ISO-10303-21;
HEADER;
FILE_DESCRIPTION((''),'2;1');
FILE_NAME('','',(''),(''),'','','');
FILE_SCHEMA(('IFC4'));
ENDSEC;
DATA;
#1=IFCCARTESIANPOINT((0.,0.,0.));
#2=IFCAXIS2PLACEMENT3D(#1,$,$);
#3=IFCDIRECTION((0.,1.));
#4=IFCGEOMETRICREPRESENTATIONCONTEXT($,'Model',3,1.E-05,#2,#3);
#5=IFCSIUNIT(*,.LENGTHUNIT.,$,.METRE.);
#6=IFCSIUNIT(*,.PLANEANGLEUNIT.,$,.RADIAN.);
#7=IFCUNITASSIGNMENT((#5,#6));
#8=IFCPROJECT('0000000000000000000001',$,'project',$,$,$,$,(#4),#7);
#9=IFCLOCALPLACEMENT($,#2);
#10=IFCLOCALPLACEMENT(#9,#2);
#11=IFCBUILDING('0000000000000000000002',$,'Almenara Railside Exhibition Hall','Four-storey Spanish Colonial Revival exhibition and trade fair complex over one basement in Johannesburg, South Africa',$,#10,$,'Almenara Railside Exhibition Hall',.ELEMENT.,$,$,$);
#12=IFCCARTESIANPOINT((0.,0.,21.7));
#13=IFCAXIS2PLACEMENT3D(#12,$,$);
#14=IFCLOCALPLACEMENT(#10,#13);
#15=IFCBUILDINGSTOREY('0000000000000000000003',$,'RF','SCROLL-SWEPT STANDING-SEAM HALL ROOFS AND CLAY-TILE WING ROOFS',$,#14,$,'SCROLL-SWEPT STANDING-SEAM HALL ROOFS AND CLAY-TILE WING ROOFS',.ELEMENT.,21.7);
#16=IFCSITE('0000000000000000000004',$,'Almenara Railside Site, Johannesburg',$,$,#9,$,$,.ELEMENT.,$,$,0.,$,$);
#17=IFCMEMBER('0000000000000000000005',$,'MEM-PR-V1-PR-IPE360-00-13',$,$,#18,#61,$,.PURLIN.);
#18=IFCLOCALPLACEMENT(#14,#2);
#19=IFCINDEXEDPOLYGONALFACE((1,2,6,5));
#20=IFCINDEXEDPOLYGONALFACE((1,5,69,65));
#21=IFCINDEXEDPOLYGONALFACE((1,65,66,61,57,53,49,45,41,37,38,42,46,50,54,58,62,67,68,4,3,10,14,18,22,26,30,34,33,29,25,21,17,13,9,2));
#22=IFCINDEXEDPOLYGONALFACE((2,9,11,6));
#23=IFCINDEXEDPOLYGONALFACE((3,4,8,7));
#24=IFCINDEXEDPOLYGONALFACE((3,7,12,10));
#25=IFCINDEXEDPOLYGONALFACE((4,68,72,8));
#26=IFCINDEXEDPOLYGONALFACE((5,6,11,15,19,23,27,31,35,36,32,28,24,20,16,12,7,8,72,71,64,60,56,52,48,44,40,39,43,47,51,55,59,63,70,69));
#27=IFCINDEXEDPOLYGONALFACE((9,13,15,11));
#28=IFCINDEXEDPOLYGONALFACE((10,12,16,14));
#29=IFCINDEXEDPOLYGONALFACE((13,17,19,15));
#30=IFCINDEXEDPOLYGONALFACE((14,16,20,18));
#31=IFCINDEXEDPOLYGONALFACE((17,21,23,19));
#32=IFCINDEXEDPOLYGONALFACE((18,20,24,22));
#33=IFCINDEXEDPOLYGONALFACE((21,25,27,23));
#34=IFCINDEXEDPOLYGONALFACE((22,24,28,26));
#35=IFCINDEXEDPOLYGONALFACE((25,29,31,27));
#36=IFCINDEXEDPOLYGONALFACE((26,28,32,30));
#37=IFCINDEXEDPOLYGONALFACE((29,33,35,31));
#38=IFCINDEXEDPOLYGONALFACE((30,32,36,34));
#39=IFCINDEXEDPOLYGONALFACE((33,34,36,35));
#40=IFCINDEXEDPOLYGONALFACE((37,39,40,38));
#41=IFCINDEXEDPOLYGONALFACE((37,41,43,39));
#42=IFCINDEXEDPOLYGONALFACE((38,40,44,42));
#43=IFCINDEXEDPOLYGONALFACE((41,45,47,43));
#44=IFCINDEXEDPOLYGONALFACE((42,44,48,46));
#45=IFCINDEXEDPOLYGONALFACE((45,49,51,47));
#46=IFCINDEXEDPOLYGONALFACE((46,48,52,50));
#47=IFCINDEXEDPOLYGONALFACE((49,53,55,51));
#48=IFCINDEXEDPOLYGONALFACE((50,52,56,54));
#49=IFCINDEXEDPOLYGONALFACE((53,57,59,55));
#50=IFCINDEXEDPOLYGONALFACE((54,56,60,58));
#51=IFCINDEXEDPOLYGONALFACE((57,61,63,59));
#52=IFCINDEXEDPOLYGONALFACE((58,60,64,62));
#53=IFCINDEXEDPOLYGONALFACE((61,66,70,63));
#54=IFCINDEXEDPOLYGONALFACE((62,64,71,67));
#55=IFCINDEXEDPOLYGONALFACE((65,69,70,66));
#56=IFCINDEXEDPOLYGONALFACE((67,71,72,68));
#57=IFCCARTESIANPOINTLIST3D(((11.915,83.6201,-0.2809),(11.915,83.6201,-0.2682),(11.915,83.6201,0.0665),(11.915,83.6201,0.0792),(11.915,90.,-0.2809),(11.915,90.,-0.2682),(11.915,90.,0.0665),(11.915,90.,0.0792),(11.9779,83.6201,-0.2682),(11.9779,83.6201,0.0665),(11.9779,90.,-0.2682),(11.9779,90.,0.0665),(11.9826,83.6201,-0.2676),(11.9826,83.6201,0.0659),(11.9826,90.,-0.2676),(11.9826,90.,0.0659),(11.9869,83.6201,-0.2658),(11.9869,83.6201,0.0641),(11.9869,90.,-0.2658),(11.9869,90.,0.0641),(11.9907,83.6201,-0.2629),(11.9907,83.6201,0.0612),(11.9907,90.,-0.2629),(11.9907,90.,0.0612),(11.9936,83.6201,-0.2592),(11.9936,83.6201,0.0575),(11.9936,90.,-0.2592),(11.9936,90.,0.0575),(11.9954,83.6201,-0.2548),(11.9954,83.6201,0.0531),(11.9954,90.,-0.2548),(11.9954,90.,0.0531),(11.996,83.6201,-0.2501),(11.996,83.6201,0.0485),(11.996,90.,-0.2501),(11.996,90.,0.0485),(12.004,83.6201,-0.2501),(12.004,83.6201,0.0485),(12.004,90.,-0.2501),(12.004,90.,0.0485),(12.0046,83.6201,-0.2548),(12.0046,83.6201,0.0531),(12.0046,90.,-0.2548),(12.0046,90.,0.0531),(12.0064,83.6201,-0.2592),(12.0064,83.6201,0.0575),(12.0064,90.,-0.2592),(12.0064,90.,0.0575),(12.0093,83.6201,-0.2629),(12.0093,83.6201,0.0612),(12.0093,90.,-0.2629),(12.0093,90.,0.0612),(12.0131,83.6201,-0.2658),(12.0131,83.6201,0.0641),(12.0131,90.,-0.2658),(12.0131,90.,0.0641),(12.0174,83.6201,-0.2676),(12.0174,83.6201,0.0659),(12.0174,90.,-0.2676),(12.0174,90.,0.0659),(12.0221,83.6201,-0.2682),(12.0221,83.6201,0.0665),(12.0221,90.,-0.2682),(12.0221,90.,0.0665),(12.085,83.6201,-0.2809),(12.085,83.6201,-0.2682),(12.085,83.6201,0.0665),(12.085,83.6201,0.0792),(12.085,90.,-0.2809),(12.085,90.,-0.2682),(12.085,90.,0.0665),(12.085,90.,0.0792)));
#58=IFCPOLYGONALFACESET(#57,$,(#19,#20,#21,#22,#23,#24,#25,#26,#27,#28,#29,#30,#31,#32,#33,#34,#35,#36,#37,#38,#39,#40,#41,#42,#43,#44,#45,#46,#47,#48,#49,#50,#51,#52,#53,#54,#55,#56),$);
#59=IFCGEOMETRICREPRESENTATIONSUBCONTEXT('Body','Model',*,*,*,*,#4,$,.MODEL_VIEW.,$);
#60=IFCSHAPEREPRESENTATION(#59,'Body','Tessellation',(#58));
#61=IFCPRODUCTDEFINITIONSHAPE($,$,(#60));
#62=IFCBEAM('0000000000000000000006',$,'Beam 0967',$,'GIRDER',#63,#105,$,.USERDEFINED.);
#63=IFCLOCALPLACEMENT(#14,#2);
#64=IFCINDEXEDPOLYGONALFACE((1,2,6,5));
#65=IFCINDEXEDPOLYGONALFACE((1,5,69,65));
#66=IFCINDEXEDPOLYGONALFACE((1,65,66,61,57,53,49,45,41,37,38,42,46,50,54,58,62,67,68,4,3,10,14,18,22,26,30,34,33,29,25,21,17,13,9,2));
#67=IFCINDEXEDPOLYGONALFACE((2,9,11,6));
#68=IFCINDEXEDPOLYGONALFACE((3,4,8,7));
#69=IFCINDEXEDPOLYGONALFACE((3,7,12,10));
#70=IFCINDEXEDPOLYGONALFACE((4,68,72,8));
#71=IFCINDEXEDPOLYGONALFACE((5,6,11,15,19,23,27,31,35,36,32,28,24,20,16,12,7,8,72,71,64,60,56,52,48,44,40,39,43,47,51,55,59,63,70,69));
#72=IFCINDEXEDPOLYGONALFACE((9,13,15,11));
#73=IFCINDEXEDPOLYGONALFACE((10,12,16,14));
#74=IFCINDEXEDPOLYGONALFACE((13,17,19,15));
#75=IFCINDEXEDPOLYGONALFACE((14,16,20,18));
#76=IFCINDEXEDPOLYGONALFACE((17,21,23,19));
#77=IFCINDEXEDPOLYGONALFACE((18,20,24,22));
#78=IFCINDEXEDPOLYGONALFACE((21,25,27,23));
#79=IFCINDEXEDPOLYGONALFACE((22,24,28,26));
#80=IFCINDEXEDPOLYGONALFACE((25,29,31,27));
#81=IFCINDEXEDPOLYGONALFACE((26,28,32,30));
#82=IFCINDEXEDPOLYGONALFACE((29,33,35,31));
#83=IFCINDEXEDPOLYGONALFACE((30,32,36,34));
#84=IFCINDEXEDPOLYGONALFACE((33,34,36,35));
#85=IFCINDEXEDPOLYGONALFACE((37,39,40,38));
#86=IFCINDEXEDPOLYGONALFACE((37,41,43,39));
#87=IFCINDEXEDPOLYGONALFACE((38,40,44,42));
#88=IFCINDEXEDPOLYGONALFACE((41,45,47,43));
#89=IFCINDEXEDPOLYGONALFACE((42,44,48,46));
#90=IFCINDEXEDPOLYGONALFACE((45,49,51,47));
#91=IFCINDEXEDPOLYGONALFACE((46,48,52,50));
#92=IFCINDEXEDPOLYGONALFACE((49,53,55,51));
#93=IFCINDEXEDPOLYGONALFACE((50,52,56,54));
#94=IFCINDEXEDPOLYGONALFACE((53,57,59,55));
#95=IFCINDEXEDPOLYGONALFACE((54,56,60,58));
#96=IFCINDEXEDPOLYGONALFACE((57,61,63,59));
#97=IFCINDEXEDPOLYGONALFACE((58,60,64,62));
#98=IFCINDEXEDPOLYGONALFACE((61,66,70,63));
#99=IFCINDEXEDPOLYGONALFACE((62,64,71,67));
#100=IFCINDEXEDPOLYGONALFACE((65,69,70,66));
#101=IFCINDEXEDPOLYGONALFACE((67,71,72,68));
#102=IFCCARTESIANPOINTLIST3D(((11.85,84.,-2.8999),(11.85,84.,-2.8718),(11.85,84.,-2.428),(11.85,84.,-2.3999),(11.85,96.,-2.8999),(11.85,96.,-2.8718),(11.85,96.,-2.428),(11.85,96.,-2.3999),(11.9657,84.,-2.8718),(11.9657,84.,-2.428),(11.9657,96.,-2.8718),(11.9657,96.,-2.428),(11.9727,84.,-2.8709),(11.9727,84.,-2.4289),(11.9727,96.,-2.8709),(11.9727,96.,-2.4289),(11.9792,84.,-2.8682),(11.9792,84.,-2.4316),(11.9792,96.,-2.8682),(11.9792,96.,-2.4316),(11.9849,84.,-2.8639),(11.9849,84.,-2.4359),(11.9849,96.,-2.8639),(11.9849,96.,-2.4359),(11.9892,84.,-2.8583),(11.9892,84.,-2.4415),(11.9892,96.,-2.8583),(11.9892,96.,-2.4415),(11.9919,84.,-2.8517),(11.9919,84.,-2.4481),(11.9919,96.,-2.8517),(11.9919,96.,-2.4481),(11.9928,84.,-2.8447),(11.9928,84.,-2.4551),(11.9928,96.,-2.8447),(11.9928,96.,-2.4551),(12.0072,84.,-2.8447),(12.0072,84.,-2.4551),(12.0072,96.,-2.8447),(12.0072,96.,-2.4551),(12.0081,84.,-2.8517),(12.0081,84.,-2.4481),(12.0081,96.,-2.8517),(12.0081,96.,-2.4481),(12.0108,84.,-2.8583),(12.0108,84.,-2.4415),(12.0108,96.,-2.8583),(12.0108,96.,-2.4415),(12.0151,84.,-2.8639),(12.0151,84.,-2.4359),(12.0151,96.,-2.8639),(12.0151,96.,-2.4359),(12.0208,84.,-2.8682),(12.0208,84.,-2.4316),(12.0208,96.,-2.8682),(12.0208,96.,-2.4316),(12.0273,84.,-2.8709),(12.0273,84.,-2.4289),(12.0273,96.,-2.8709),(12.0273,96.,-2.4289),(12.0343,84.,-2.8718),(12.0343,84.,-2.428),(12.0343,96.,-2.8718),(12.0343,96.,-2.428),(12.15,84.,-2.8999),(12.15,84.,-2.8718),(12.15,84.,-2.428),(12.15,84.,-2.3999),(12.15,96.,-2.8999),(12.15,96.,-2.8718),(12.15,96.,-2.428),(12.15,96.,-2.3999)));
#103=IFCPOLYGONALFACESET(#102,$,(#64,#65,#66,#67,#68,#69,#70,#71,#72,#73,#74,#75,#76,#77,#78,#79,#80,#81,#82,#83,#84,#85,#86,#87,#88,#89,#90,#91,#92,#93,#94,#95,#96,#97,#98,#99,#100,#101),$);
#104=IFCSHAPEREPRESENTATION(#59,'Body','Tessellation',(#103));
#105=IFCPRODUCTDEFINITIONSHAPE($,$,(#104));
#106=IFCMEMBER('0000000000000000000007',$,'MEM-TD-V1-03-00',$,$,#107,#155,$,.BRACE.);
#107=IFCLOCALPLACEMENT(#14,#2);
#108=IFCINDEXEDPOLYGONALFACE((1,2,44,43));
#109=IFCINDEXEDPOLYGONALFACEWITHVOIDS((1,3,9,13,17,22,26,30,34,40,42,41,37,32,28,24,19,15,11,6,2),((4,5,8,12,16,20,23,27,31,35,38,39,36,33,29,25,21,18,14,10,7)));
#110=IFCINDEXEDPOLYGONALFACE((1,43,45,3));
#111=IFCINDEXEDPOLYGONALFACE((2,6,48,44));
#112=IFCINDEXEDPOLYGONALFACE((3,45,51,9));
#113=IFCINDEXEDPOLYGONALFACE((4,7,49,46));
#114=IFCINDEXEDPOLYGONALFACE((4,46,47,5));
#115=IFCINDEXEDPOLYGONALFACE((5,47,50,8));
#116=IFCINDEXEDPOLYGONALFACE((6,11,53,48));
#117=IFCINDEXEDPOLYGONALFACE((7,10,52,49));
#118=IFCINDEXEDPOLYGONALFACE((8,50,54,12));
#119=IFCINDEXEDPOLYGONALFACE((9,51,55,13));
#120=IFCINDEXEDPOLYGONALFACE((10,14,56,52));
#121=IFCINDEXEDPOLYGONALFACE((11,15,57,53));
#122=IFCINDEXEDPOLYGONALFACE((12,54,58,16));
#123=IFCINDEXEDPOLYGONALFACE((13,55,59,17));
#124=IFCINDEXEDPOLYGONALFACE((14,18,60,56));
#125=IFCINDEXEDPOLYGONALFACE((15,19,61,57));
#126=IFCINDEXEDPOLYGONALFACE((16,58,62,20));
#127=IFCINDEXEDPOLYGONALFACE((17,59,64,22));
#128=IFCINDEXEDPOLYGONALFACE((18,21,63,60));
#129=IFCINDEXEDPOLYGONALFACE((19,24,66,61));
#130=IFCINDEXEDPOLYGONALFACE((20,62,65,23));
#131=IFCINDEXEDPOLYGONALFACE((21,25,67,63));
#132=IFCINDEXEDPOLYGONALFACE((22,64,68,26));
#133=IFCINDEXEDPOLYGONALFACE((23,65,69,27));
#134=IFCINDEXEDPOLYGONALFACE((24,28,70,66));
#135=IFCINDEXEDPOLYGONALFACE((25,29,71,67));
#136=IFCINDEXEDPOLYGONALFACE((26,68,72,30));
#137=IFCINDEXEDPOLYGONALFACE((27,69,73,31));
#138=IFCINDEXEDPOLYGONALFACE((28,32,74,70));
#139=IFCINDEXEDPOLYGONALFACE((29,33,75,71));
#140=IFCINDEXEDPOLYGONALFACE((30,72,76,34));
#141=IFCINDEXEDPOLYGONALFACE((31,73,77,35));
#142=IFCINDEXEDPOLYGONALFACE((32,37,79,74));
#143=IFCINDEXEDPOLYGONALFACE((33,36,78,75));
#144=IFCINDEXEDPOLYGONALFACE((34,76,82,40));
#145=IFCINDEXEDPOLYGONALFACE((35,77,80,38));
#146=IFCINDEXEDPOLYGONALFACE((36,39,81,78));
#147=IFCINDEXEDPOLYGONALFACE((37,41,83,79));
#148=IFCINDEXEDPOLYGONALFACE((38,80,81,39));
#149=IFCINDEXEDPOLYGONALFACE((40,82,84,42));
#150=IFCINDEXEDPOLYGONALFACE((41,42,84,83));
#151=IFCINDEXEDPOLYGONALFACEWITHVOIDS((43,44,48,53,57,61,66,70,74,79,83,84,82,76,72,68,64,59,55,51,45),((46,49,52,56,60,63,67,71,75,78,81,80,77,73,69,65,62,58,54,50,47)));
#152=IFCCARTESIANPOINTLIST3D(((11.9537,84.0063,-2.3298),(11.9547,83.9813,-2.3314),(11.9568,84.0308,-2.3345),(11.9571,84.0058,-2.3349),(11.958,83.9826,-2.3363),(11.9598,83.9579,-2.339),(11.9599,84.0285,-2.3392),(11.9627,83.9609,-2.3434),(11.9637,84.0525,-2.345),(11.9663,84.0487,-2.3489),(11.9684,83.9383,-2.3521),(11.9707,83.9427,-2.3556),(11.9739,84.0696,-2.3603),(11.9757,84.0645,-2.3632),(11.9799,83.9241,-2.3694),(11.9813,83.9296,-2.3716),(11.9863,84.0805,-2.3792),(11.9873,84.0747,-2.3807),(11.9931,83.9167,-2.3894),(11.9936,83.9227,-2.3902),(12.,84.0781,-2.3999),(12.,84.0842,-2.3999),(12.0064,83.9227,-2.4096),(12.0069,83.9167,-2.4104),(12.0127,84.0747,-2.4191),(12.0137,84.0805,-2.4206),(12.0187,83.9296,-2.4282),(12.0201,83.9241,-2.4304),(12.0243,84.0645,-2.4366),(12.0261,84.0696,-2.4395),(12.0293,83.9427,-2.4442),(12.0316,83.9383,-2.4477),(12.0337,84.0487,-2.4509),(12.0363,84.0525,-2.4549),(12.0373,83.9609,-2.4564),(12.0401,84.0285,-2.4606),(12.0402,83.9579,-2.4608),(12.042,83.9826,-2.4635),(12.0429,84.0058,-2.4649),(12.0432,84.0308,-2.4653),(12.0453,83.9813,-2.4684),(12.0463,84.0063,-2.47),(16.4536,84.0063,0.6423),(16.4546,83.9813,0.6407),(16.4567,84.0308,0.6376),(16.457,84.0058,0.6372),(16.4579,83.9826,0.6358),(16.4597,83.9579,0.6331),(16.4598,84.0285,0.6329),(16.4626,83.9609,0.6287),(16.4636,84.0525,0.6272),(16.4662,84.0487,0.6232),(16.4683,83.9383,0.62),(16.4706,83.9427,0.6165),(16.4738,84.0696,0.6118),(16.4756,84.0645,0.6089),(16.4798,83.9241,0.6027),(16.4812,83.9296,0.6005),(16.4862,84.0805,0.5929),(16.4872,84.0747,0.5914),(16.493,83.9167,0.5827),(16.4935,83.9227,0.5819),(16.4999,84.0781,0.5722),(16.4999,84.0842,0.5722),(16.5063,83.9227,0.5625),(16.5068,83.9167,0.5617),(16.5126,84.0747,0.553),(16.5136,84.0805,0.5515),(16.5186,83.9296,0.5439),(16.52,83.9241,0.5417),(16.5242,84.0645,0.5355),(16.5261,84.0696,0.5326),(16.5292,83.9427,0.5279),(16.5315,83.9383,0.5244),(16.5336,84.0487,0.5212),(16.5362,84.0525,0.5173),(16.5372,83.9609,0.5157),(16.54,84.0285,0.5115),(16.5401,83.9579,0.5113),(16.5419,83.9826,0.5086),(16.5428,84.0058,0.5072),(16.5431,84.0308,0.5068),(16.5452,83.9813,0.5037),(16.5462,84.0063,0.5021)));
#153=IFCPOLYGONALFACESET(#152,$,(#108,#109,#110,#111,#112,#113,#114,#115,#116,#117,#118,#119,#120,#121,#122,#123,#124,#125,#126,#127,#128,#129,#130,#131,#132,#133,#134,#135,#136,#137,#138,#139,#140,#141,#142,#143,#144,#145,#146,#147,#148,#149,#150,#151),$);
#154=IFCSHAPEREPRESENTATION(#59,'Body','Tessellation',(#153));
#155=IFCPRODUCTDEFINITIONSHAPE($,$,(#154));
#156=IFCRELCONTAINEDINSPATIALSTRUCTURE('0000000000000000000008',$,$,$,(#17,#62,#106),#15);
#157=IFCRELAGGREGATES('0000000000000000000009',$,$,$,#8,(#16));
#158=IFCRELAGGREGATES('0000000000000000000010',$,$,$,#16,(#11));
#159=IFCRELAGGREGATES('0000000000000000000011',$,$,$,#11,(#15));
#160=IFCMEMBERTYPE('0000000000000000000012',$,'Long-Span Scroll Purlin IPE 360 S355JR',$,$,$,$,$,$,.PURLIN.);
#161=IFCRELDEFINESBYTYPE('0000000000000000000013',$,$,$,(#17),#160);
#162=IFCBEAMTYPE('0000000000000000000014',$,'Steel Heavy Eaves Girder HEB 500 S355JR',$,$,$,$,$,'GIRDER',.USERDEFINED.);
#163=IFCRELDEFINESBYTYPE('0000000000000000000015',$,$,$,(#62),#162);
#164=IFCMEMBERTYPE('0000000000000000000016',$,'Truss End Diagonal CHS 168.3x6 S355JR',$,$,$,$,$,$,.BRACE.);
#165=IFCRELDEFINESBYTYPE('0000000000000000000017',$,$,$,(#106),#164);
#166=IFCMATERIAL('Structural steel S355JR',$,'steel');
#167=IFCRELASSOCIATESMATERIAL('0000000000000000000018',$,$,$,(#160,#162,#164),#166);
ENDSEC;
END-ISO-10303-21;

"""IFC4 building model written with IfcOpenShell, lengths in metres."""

from ifc_helpers import new_model, si_unit, direction, frame, origin, origin_2d, place, context, subcontext, project, spatial, hollow_circle, i_section, extrude, material, material_profile, profile_set, type_object, element, save


model = new_model("IFC4")

# Units and contexts
model_context = context("Model", 3, precision=1e-05, world=origin(), true_north=direction((0.0, 1.0)))
body_context = subcontext(model_context, "Body", "Model", "MODEL_VIEW")
ifc_project = project(units=[si_unit("LENGTHUNIT", "METRE"), si_unit("PLANEANGLEUNIT", "RADIAN")], contexts=[model_context])

# Site, building, storey
site_placement = place(None, origin())
site = spatial("IfcSite", under=ifc_project, at=site_placement, Name="Almenara Railside Site, Johannesburg", CompositionType="ELEMENT", RefElevation=0.0)
building_placement = place(site_placement, origin())
building = spatial("IfcBuilding", under=site, at=building_placement, Name="Almenara Railside Exhibition Hall", Description="Four-storey Spanish Colonial Revival exhibition and trade fair complex over one basement in Johannesburg, South Africa", LongName="Almenara Railside Exhibition Hall", CompositionType="ELEMENT")
storey_placement = place(building_placement, frame((0.0, 0.0, 21.7)))
storey = spatial("IfcBuildingStorey", under=building, at=storey_placement, Name="RF", Description="SCROLL-SWEPT STANDING-SEAM HALL ROOFS AND CLAY-TILE WING ROOFS", LongName="SCROLL-SWEPT STANDING-SEAM HALL ROOFS AND CLAY-TILE WING ROOFS", CompositionType="ELEMENT", Elevation=21.7)

# Shared definitions
ifc_material_1 = material(Name="Structural steel S355JR", Category="steel")

# Member
ifc_material_profile_1 = material_profile(ifc_material_1, i_section(OverallWidth=0.1699, OverallDepth=0.3601, WebThickness=0.0081, FlangeThickness=0.0127, FilletRadius=0.0181, at=origin_2d()), Name="IPE 360")
ifc_profile_set_1 = profile_set([ifc_material_profile_1], Name="Structural steel S355JR")
member_type_1 = type_object("IfcMemberType", Name="Long-Span Scroll Purlin IPE 360 S355JR", PredefinedType="PURLIN", material=ifc_profile_set_1)
member_1_placement = place(storey_placement, frame((12.0, 83.6201, -0.1008), z_axis=(0.0, 1.0, 0.0), x_axis=(-1.0, 0.0, 0.0)))
element("IfcMember", 1, at=member_1_placement, inside=storey, type_object=member_type_1, Name="MEM-PR-V1-PR-IPE360-00-13", PredefinedType="PURLIN", context=body_context, shape_type="SweptSolid", body=[
    extrude(i_section(OverallWidth=0.1699, OverallDepth=0.3601, WebThickness=0.0081, FlangeThickness=0.0127, FilletRadius=0.0181, at=origin_2d()), origin(), (0.0, 0.0, 1.0), 6.3799),
])

# Beam
ifc_material_profile_2 = material_profile(ifc_material_1, i_section(OverallWidth=0.3, OverallDepth=0.5, WebThickness=0.0144, FlangeThickness=0.0281, FilletRadius=0.0271, at=origin_2d()), Name="HEB 500")
ifc_profile_set_2 = profile_set([ifc_material_profile_2], Name="Structural steel S355JR")
beam_type = type_object("IfcBeamType", Name="Steel Heavy Eaves Girder HEB 500 S355JR", ElementType="GIRDER", PredefinedType="USERDEFINED", material=ifc_profile_set_2)
beam_placement = place(storey_placement, frame((12.0, 84.0, -2.6499), z_axis=(0.0, 1.0, 0.0), x_axis=(-1.0, 0.0, 0.0)))
element("IfcBeam", 2, at=beam_placement, inside=storey, type_object=beam_type, Name="Beam 0967", ObjectType="GIRDER", PredefinedType="USERDEFINED", context=body_context, shape_type="SweptSolid", body=[
    extrude(i_section(OverallWidth=0.3, OverallDepth=0.5, WebThickness=0.0144, FlangeThickness=0.0281, FilletRadius=0.0271, at=origin_2d()), origin(), (0.0, 0.0, 1.0), 12.0),
])

# Member
ifc_material_profile_3 = material_profile(ifc_material_1, hollow_circle(Radius=0.0842, WallThickness=0.0061, at=origin_2d()), Name="CHS 168.3x6")
ifc_profile_set_3 = profile_set([ifc_material_profile_3], Name="Structural steel S355JR")
member_type_2 = type_object("IfcMemberType", Name="Truss End Diagonal CHS 168.3x6 S355JR", PredefinedType="BRACE", material=ifc_profile_set_3)
member_2_placement = place(storey_placement, frame((12.0, 84.0, -2.3999), z_axis=(0.834425, 0.0, 0.551122), x_axis=(0.0, 1.0, 0.0)))
element("IfcMember", 3, at=member_2_placement, inside=storey, type_object=member_type_2, Name="MEM-TD-V1-03-00", PredefinedType="BRACE", context=body_context, shape_type="SweptSolid", body=[
    extrude(hollow_circle(Radius=0.0842, WallThickness=0.0061, at=origin_2d()), origin(), (0.0, 0.0, 1.0), 5.3928),
])

save(model, "model.ifc")
